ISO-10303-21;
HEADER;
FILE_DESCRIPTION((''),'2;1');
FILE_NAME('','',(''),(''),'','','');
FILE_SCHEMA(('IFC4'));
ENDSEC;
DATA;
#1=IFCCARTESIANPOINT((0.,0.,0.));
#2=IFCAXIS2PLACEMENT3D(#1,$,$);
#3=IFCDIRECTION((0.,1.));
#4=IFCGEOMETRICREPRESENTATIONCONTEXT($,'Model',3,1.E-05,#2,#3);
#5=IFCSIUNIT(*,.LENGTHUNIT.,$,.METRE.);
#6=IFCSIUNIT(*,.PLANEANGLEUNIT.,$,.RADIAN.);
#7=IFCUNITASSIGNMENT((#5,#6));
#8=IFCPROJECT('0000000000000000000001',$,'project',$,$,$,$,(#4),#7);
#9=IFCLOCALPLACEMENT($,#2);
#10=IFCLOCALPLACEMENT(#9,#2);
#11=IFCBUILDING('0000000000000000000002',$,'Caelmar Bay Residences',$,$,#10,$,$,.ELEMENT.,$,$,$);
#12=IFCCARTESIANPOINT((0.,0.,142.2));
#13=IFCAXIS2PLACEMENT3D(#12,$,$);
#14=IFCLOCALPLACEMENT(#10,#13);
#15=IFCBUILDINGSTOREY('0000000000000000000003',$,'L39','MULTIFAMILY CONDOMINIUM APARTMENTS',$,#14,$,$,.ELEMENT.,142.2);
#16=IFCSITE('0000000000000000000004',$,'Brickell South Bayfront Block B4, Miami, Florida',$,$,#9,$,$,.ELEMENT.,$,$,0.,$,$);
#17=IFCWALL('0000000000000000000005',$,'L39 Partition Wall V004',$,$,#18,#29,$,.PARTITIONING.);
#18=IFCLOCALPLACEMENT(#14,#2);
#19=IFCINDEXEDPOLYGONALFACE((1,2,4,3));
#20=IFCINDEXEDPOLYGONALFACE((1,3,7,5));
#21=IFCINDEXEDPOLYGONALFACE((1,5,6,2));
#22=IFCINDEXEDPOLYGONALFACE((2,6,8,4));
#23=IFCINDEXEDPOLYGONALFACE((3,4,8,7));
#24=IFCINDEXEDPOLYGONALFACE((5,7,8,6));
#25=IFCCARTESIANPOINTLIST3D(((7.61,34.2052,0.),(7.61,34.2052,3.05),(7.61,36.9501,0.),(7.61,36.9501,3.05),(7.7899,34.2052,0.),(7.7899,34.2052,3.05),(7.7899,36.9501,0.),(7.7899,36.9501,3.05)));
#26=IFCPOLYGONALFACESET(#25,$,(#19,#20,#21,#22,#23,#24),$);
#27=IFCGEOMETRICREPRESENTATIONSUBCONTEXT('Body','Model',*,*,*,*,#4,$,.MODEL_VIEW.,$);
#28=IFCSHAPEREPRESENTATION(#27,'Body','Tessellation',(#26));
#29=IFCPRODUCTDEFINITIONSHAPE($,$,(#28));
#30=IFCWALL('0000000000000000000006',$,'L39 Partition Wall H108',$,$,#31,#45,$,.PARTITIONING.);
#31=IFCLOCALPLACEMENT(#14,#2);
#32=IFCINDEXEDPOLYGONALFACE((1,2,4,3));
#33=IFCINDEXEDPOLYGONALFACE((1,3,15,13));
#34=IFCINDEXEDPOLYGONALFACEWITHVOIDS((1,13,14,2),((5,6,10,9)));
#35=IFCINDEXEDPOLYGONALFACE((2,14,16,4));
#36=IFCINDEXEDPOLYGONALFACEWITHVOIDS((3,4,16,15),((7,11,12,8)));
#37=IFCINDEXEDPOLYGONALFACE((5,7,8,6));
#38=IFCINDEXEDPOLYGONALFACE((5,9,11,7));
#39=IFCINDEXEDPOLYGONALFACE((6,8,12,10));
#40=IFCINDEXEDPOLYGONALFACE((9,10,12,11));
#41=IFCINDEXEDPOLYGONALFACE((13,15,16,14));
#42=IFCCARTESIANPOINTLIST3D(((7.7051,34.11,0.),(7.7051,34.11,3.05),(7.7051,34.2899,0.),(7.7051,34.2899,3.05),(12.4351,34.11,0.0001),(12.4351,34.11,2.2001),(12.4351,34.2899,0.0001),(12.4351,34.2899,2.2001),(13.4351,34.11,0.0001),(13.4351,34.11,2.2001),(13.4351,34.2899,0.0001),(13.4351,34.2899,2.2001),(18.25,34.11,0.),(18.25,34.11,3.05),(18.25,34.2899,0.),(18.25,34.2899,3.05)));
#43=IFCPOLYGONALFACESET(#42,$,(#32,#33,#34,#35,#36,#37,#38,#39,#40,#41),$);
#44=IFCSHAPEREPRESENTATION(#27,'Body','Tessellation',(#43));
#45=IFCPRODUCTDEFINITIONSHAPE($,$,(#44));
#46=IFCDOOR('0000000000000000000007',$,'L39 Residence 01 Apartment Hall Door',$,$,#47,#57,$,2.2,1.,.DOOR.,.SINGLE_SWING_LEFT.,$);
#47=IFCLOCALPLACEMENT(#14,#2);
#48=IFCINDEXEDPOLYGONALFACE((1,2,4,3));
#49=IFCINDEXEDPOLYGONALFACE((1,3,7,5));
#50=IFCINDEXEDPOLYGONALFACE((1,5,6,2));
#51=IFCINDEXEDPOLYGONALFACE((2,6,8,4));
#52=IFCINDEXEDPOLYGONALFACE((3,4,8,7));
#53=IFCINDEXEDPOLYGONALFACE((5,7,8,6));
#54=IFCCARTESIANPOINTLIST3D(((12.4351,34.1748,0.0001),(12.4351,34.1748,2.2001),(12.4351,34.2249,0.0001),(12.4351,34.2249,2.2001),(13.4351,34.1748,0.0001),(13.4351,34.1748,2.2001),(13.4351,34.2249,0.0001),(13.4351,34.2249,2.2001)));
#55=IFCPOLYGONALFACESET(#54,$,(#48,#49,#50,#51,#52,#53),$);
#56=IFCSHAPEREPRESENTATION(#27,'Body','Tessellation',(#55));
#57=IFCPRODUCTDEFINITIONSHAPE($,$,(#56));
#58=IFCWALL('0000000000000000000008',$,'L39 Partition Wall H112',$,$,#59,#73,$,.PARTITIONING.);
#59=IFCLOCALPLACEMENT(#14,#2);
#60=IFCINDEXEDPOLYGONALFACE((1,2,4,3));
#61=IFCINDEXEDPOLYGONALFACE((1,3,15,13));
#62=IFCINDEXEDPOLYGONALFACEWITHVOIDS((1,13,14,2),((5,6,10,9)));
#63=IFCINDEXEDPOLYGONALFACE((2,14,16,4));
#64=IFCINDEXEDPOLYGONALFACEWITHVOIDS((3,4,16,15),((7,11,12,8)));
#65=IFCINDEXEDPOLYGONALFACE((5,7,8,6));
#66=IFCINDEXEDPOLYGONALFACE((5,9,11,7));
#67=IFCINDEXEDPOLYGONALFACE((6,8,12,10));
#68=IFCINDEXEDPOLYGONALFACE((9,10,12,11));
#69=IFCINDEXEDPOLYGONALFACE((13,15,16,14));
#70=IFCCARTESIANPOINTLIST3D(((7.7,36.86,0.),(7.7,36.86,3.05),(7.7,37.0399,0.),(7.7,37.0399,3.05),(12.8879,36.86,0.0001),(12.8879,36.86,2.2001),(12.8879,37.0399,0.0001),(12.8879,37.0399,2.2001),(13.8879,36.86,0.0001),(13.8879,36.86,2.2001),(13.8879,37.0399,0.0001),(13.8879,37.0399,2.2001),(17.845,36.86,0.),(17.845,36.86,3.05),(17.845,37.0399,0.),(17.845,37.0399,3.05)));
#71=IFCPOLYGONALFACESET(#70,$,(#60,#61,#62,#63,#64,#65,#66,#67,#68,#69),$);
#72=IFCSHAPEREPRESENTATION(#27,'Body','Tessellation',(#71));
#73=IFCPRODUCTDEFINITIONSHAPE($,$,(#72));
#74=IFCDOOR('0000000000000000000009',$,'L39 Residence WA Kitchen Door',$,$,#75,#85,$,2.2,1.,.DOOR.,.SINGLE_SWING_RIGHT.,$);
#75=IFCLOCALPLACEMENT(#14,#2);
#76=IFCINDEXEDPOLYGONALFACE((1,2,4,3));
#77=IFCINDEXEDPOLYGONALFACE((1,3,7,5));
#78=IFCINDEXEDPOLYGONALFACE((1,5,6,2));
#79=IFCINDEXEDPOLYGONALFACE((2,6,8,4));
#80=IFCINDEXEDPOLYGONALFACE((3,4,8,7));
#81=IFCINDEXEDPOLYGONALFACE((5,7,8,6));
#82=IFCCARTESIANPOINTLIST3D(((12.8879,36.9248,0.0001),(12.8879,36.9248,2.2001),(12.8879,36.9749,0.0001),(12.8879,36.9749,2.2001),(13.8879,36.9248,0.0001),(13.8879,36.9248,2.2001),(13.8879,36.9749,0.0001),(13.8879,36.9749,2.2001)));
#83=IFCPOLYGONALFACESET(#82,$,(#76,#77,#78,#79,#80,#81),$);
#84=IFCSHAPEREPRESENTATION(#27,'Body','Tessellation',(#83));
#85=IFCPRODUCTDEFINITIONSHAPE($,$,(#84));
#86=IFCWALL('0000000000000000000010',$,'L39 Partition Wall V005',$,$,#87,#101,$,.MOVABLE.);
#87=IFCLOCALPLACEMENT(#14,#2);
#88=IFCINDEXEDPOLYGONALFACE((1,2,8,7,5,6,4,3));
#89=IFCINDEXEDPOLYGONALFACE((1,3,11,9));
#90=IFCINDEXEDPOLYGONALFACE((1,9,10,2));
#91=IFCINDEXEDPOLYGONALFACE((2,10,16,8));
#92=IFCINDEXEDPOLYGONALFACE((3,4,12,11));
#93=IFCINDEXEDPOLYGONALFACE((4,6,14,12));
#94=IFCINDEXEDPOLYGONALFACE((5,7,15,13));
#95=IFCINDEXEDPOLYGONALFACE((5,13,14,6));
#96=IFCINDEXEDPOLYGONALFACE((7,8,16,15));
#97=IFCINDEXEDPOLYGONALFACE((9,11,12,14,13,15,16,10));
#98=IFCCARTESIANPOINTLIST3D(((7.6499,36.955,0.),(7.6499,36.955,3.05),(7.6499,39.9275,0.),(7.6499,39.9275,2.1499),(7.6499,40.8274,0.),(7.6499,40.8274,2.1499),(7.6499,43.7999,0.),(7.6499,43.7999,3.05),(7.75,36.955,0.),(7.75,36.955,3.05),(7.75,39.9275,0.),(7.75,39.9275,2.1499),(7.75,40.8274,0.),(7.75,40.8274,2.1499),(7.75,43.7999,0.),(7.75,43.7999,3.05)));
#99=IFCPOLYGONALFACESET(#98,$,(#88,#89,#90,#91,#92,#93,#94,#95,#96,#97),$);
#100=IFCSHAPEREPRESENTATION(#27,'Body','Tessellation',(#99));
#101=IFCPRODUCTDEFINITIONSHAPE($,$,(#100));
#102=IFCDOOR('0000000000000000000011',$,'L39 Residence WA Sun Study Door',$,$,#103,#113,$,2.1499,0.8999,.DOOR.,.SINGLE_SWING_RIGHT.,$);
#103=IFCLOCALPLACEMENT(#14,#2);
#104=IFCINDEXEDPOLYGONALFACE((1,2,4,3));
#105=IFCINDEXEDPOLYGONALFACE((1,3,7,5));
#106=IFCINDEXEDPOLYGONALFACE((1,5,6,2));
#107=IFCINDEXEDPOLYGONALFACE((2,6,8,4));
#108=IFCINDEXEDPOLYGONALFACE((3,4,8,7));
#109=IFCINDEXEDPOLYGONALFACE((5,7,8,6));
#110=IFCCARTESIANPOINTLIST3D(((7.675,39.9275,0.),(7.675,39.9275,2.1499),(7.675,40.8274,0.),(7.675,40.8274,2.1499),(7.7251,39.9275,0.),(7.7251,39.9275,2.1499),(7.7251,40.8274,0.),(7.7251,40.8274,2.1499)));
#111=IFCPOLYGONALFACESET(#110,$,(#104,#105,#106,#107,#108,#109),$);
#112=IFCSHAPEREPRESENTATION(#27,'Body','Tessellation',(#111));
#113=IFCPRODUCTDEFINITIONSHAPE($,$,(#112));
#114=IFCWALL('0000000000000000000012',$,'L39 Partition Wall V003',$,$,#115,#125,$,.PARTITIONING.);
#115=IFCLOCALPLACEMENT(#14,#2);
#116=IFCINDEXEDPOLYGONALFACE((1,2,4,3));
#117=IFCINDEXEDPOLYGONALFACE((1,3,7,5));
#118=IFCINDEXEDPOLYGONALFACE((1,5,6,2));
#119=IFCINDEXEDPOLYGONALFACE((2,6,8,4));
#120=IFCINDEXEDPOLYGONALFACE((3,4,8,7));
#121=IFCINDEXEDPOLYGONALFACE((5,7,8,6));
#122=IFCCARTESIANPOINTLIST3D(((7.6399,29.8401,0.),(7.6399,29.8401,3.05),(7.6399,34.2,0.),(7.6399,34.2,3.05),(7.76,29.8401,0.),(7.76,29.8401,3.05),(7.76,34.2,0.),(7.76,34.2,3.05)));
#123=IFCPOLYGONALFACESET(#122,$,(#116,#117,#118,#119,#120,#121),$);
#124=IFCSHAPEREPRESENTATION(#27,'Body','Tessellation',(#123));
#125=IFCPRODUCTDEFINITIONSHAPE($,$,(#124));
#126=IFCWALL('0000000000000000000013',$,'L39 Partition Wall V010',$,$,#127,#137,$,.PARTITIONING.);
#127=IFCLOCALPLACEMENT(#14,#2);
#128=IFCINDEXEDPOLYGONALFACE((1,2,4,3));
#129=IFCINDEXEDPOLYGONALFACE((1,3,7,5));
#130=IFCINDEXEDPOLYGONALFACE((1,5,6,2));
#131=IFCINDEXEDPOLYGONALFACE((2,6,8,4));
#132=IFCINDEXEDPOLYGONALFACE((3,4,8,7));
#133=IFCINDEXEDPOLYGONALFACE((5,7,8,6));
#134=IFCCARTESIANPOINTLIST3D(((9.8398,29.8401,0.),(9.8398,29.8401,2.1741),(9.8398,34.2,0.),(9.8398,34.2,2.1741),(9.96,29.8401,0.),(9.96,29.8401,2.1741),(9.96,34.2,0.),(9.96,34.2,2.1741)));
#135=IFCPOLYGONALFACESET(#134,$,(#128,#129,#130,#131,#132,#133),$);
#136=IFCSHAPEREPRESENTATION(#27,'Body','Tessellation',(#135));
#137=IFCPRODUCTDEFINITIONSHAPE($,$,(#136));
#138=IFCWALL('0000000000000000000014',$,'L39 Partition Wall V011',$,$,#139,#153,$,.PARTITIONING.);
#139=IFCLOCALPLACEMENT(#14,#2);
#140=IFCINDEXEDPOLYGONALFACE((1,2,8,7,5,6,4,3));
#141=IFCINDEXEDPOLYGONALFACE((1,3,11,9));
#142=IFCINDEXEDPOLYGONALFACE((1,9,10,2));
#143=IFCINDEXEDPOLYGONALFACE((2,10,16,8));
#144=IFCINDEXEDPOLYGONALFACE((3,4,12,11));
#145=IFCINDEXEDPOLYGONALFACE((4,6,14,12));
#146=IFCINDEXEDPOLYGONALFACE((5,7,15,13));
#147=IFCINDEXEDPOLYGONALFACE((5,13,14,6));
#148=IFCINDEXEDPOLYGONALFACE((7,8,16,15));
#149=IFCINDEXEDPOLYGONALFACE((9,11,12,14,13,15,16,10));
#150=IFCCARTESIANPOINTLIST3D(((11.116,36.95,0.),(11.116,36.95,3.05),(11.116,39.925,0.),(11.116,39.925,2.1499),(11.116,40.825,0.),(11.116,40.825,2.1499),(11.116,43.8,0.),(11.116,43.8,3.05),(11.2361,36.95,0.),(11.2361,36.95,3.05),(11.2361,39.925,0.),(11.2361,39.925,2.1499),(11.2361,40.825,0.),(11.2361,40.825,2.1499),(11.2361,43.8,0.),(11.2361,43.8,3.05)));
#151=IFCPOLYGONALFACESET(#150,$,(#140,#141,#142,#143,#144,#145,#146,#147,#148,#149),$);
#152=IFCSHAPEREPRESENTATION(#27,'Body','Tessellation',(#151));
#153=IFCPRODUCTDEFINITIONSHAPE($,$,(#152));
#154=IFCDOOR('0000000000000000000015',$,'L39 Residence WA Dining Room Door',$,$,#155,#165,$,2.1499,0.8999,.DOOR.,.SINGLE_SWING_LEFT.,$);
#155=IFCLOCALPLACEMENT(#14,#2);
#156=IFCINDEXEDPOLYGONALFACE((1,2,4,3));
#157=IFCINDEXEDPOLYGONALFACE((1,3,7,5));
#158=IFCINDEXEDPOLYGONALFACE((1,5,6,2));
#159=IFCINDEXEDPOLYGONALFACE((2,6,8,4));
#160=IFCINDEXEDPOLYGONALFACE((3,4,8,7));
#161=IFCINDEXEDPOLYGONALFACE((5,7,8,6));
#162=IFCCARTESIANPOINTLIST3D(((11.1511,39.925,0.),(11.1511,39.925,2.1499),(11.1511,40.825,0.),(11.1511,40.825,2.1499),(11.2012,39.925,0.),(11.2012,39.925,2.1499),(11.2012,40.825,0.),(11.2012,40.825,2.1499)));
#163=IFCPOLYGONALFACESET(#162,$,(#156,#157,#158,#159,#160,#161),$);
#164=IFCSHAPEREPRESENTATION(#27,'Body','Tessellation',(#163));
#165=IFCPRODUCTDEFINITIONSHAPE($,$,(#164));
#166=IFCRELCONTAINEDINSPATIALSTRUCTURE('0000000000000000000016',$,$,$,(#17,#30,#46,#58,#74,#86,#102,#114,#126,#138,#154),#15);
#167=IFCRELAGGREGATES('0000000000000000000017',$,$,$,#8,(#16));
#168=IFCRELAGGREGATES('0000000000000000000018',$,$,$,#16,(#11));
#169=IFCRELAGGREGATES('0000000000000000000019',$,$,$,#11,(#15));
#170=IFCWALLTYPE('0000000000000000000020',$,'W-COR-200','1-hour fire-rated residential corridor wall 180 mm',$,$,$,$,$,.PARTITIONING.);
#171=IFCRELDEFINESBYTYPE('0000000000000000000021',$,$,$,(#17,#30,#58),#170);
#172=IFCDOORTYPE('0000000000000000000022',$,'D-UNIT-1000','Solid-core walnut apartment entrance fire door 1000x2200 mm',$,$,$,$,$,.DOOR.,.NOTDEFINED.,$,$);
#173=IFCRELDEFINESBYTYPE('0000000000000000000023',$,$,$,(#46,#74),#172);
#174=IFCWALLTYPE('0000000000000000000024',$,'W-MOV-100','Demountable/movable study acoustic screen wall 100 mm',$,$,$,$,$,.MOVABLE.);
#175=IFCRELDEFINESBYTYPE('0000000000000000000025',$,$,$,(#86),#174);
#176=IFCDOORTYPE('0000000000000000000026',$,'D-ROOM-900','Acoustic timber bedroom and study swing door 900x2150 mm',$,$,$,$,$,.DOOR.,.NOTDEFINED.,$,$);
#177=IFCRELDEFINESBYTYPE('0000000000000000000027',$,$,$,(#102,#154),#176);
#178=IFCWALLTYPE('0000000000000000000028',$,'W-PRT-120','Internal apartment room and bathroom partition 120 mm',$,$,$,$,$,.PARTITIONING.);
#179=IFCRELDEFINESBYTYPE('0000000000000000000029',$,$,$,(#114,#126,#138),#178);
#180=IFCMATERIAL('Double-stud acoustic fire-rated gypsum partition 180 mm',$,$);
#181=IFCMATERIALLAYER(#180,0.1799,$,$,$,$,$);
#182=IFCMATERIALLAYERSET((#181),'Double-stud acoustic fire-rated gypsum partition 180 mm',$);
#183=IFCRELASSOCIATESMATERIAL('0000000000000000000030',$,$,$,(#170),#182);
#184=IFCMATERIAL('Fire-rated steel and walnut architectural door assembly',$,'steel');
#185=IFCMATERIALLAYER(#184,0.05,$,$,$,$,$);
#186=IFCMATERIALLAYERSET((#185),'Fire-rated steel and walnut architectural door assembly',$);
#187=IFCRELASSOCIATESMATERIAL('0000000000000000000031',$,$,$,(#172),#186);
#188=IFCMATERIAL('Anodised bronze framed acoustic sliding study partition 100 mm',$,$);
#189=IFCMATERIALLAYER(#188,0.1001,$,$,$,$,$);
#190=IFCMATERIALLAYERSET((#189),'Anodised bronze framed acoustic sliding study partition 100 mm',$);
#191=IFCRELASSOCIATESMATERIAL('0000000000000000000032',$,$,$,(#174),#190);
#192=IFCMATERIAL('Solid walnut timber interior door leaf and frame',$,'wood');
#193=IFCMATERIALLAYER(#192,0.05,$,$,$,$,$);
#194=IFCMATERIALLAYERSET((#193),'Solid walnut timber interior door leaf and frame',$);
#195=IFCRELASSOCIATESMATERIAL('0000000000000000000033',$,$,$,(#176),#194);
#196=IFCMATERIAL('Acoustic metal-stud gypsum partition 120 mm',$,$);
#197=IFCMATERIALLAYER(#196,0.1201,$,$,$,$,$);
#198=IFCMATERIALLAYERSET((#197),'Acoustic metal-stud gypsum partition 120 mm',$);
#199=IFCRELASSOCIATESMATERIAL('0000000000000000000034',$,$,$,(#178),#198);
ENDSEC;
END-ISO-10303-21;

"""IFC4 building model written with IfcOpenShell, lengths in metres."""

from ifc_helpers import new_model, si_unit, direction, frame, frame_2d, origin, place, context, subcontext, project, spatial, rectangle, extrude, material, layer, layer_set, type_object, element, fill, save


model = new_model("IFC4")

# Units and contexts
model_context = context("Model", 3, precision=1e-05, world=origin(), true_north=direction((0.0, 1.0)))
body_context = subcontext(model_context, "Body", "Model", "MODEL_VIEW")
ifc_project = project(units=[si_unit("LENGTHUNIT", "METRE"), si_unit("PLANEANGLEUNIT", "RADIAN")], contexts=[model_context])

# Site, building, storey
site_placement = place(None, origin())
site = spatial("IfcSite", under=ifc_project, at=site_placement, Name="Brickell South Bayfront Block B4, Miami, Florida", CompositionType="ELEMENT", RefElevation=0.0)
building_placement = place(site_placement, origin())
building = spatial("IfcBuilding", under=site, at=building_placement, Name="Caelmar Bay Residences", CompositionType="ELEMENT")
storey_placement = place(building_placement, frame((0.0, 0.0, 142.2)))
storey = spatial("IfcBuildingStorey", under=building, at=storey_placement, Name="L39", Description="MULTIFAMILY CONDOMINIUM APARTMENTS", CompositionType="ELEMENT", Elevation=142.2)

# Wall
ifc_material_1 = material(Name="Double-stud acoustic fire-rated gypsum partition 180 mm")
ifc_layer_1 = layer(ifc_material_1, 0.1799)
ifc_layer_set_1 = layer_set([ifc_layer_1], Name="Double-stud acoustic fire-rated gypsum partition 180 mm")
wall_type_1 = type_object("IfcWallType", Name="W-COR-200", Description="1-hour fire-rated residential corridor wall 180 mm", PredefinedType="PARTITIONING", material=ifc_layer_set_1)
wall_1_placement = place(storey_placement, frame((7.7, 34.2051, 0.0), z_axis=(0.0, 0.0, 1.0), x_axis=(0.0, 1.0, 0.0)))
element("IfcWall", 1, at=wall_1_placement, inside=storey, type_object=wall_type_1, Name="L39 Partition Wall V004", PredefinedType="PARTITIONING", context=body_context, shape_type="SweptSolid", body=[
    extrude(rectangle(XDim=2.7449, YDim=0.1799, at=frame_2d((1.3726, 0.0))), origin(), (0.0, 0.0, 1.0), 3.05),
])

# Walls, openings, doors
wall_2_placement = place(storey_placement, frame((7.7051, 34.2, 0.0), z_axis=(0.0, 0.0, 1.0), x_axis=(1.0, 0.0, 0.0)))
wall_2 = element("IfcWall", 2, at=wall_2_placement, inside=storey, type_object=wall_type_1, Name="L39 Partition Wall H108", PredefinedType="PARTITIONING", context=body_context, shape_type="SweptSolid", body=[
    extrude(rectangle(XDim=10.5449, YDim=0.1799, at=frame_2d((5.2725, 0.0))), origin(), (0.0, 0.0, 1.0), 3.05),
])
opening_1_placement = place(wall_2_placement, frame((4.73, 0.0, 0.0)))
opening_1 = element("IfcOpeningElement", 3, at=opening_1_placement, cuts=wall_2, PredefinedType="OPENING", context=body_context, shape_type="SweptSolid", body=[
    extrude(rectangle(XDim=1.0, YDim=2.2, at=frame_2d((0.5, 1.1001))), frame((0.0, 0.0999, 0.0), z_axis=(0.0, -1.0, 0.0), x_axis=(1.0, 0.0, 0.0)), (0.0, 0.0, 1.0), 0.2),
])
ifc_material_2 = material(Name="Fire-rated steel and walnut architectural door assembly", Category="steel")
ifc_layer_2 = layer(ifc_material_2, 0.05)
ifc_layer_set_2 = layer_set([ifc_layer_2], Name="Fire-rated steel and walnut architectural door assembly")
door_type_1 = type_object("IfcDoorType", Name="D-UNIT-1000", Description="Solid-core walnut apartment entrance fire door 1000x2200 mm", OperationType="NOTDEFINED", PredefinedType="DOOR", material=ifc_layer_set_2)
door_1_placement = place(opening_1_placement, origin())
door_1 = element("IfcDoor", 4, at=door_1_placement, inside=storey, type_object=door_type_1, Name="L39 Residence 01 Apartment Hall Door", OperationType="SINGLE_SWING_LEFT", OverallHeight=2.2, OverallWidth=1.0, PredefinedType="DOOR", context=body_context, shape_type="SweptSolid", body=[
    extrude(rectangle(XDim=1.0, YDim=2.2, at=frame_2d((0.5, 1.1001))), frame((0.0, 0.0249, 0.0), z_axis=(0.0, -1.0, 0.0), x_axis=(1.0, 0.0, 0.0)), (0.0, 0.0, 1.0), 0.05),
])
fill(opening_1, door_1)
wall_3_placement = place(storey_placement, frame((7.7, 36.95, 0.0), z_axis=(0.0, 0.0, 1.0), x_axis=(1.0, 0.0, 0.0)))
wall_3 = element("IfcWall", 5, at=wall_3_placement, inside=storey, type_object=wall_type_1, Name="L39 Partition Wall H112", PredefinedType="PARTITIONING", context=body_context, shape_type="SweptSolid", body=[
    extrude(rectangle(XDim=10.145, YDim=0.1799, at=frame_2d((5.0725, 0.0))), origin(), (0.0, 0.0, 1.0), 3.05),
])
opening_2_placement = place(wall_3_placement, frame((5.188, 0.0, 0.0)))
opening_2 = element("IfcOpeningElement", 6, at=opening_2_placement, cuts=wall_3, PredefinedType="OPENING", context=body_context, shape_type="SweptSolid", body=[
    extrude(rectangle(XDim=1.0, YDim=2.2, at=frame_2d((0.5, 1.1001))), frame((0.0, 0.0999, 0.0), z_axis=(0.0, -1.0, 0.0), x_axis=(1.0, 0.0, 0.0)), (0.0, 0.0, 1.0), 0.2),
])
door_2_placement = place(opening_2_placement, origin())
door_2 = element("IfcDoor", 7, at=door_2_placement, inside=storey, type_object=door_type_1, Name="L39 Residence WA Kitchen Door", OperationType="SINGLE_SWING_RIGHT", OverallHeight=2.2, OverallWidth=1.0, PredefinedType="DOOR", context=body_context, shape_type="SweptSolid", body=[
    extrude(rectangle(XDim=1.0, YDim=2.2, at=frame_2d((0.5, 1.1001))), frame((0.0, 0.0249, 0.0), z_axis=(0.0, -1.0, 0.0), x_axis=(1.0, 0.0, 0.0)), (0.0, 0.0, 1.0), 0.05),
])
fill(opening_2, door_2)
ifc_material_3 = material(Name="Anodised bronze framed acoustic sliding study partition 100 mm")
ifc_layer_3 = layer(ifc_material_3, 0.1001)
ifc_layer_set_3 = layer_set([ifc_layer_3], Name="Anodised bronze framed acoustic sliding study partition 100 mm")
wall_type_2 = type_object("IfcWallType", Name="W-MOV-100", Description="Demountable/movable study acoustic screen wall 100 mm", PredefinedType="MOVABLE", material=ifc_layer_set_3)
wall_4_placement = place(storey_placement, frame((7.7, 36.9551, 0.0), z_axis=(0.0, 0.0, 1.0), x_axis=(0.0, 1.0, 0.0)))
wall_4 = element("IfcWall", 8, at=wall_4_placement, inside=storey, type_object=wall_type_2, Name="L39 Partition Wall V005", PredefinedType="MOVABLE", context=body_context, shape_type="SweptSolid", body=[
    extrude(rectangle(XDim=6.845, YDim=0.1001, at=frame_2d((3.4224, 0.0))), origin(), (0.0, 0.0, 1.0), 3.05),
])
opening_3_placement = place(wall_4_placement, frame((2.9724, 0.0, 0.0)))
opening_3 = element("IfcOpeningElement", 9, at=opening_3_placement, cuts=wall_4, PredefinedType="OPENING", context=body_context, shape_type="SweptSolid", body=[
    extrude(rectangle(XDim=0.8999, YDim=2.1499, at=frame_2d((0.45, 1.075))), frame((0.0, 0.0601, 0.0), z_axis=(0.0, -1.0, 0.0), x_axis=(1.0, 0.0, 0.0)), (0.0, 0.0, 1.0), 0.1201),
])
ifc_material_4 = material(Name="Solid walnut timber interior door leaf and frame", Category="wood")
ifc_layer_4 = layer(ifc_material_4, 0.05)
ifc_layer_set_4 = layer_set([ifc_layer_4], Name="Solid walnut timber interior door leaf and frame")
door_type_2 = type_object("IfcDoorType", Name="D-ROOM-900", Description="Acoustic timber bedroom and study swing door 900x2150 mm", OperationType="NOTDEFINED", PredefinedType="DOOR", material=ifc_layer_set_4)
door_3_placement = place(opening_3_placement, origin())
door_3 = element("IfcDoor", 10, at=door_3_placement, inside=storey, type_object=door_type_2, Name="L39 Residence WA Sun Study Door", OperationType="SINGLE_SWING_RIGHT", OverallHeight=2.1499, OverallWidth=0.8999, PredefinedType="DOOR", context=body_context, shape_type="SweptSolid", body=[
    extrude(rectangle(XDim=0.8999, YDim=2.1499, at=frame_2d((0.45, 1.075))), frame((0.0, 0.0249, 0.0), z_axis=(0.0, -1.0, 0.0), x_axis=(1.0, 0.0, 0.0)), (0.0, 0.0, 1.0), 0.05),
])
fill(opening_3, door_3)

# Walls
ifc_material_5 = material(Name="Acoustic metal-stud gypsum partition 120 mm")
ifc_layer_5 = layer(ifc_material_5, 0.1201)
ifc_layer_set_5 = layer_set([ifc_layer_5], Name="Acoustic metal-stud gypsum partition 120 mm")
wall_type_3 = type_object("IfcWallType", Name="W-PRT-120", Description="Internal apartment room and bathroom partition 120 mm", PredefinedType="PARTITIONING", material=ifc_layer_set_5)
wall_5_placement = place(storey_placement, frame((7.7, 29.8401, 0.0), z_axis=(0.0, 0.0, 1.0), x_axis=(0.0, 1.0, 0.0)))
element("IfcWall", 11, at=wall_5_placement, inside=storey, type_object=wall_type_3, Name="L39 Partition Wall V003", PredefinedType="PARTITIONING", context=body_context, shape_type="SweptSolid", body=[
    extrude(rectangle(XDim=4.3599, YDim=0.1201, at=frame_2d((2.1799, 0.0))), origin(), (0.0, 0.0, 1.0), 3.05),
])
wall_6_placement = place(storey_placement, frame((9.8999, 29.8401, 0.0), z_axis=(0.0, 0.0, 1.0), x_axis=(0.0, 1.0, 0.0)))
element("IfcWall", 12, at=wall_6_placement, inside=storey, type_object=wall_type_3, Name="L39 Partition Wall V010", PredefinedType="PARTITIONING", context=body_context, shape_type="SweptSolid", body=[
    extrude(rectangle(XDim=4.3599, YDim=0.1201, at=frame_2d((2.1799, 0.0))), origin(), (0.0, 0.0, 1.0), 2.1741),
])

# Wall, opening, door
wall_7_placement = place(storey_placement, frame((11.176, 36.95, 0.0), z_axis=(0.0, 0.0, 1.0), x_axis=(0.0, 1.0, 0.0)))
wall_7 = element("IfcWall", 13, at=wall_7_placement, inside=storey, type_object=wall_type_3, Name="L39 Partition Wall V011", PredefinedType="PARTITIONING", context=body_context, shape_type="SweptSolid", body=[
    extrude(rectangle(XDim=6.8501, YDim=0.1201, at=frame_2d((3.425, 0.0))), origin(), (0.0, 0.0, 1.0), 3.05),
])
opening_4_placement = place(wall_7_placement, frame((2.9751, 0.0, 0.0)))
opening_4 = element("IfcOpeningElement", 14, at=opening_4_placement, cuts=wall_7, PredefinedType="OPENING", context=body_context, shape_type="SweptSolid", body=[
    extrude(rectangle(XDim=0.8999, YDim=2.1499, at=frame_2d((0.45, 1.075))), frame((0.0, 0.0701, 0.0), z_axis=(0.0, -1.0, 0.0), x_axis=(1.0, 0.0, 0.0)), (0.0, 0.0, 1.0), 0.1401),
])
door_4_placement = place(opening_4_placement, origin())
door_4 = element("IfcDoor", 15, at=door_4_placement, inside=storey, type_object=door_type_2, Name="L39 Residence WA Dining Room Door", OperationType="SINGLE_SWING_LEFT", OverallHeight=2.1499, OverallWidth=0.8999, PredefinedType="DOOR", context=body_context, shape_type="SweptSolid", body=[
    extrude(rectangle(XDim=0.8999, YDim=2.1499, at=frame_2d((0.45, 1.075))), frame((0.0, 0.0249, 0.0), z_axis=(0.0, -1.0, 0.0), x_axis=(1.0, 0.0, 0.0)), (0.0, 0.0, 1.0), 0.05),
])
fill(opening_4, door_4)

save(model, "model.ifc")
